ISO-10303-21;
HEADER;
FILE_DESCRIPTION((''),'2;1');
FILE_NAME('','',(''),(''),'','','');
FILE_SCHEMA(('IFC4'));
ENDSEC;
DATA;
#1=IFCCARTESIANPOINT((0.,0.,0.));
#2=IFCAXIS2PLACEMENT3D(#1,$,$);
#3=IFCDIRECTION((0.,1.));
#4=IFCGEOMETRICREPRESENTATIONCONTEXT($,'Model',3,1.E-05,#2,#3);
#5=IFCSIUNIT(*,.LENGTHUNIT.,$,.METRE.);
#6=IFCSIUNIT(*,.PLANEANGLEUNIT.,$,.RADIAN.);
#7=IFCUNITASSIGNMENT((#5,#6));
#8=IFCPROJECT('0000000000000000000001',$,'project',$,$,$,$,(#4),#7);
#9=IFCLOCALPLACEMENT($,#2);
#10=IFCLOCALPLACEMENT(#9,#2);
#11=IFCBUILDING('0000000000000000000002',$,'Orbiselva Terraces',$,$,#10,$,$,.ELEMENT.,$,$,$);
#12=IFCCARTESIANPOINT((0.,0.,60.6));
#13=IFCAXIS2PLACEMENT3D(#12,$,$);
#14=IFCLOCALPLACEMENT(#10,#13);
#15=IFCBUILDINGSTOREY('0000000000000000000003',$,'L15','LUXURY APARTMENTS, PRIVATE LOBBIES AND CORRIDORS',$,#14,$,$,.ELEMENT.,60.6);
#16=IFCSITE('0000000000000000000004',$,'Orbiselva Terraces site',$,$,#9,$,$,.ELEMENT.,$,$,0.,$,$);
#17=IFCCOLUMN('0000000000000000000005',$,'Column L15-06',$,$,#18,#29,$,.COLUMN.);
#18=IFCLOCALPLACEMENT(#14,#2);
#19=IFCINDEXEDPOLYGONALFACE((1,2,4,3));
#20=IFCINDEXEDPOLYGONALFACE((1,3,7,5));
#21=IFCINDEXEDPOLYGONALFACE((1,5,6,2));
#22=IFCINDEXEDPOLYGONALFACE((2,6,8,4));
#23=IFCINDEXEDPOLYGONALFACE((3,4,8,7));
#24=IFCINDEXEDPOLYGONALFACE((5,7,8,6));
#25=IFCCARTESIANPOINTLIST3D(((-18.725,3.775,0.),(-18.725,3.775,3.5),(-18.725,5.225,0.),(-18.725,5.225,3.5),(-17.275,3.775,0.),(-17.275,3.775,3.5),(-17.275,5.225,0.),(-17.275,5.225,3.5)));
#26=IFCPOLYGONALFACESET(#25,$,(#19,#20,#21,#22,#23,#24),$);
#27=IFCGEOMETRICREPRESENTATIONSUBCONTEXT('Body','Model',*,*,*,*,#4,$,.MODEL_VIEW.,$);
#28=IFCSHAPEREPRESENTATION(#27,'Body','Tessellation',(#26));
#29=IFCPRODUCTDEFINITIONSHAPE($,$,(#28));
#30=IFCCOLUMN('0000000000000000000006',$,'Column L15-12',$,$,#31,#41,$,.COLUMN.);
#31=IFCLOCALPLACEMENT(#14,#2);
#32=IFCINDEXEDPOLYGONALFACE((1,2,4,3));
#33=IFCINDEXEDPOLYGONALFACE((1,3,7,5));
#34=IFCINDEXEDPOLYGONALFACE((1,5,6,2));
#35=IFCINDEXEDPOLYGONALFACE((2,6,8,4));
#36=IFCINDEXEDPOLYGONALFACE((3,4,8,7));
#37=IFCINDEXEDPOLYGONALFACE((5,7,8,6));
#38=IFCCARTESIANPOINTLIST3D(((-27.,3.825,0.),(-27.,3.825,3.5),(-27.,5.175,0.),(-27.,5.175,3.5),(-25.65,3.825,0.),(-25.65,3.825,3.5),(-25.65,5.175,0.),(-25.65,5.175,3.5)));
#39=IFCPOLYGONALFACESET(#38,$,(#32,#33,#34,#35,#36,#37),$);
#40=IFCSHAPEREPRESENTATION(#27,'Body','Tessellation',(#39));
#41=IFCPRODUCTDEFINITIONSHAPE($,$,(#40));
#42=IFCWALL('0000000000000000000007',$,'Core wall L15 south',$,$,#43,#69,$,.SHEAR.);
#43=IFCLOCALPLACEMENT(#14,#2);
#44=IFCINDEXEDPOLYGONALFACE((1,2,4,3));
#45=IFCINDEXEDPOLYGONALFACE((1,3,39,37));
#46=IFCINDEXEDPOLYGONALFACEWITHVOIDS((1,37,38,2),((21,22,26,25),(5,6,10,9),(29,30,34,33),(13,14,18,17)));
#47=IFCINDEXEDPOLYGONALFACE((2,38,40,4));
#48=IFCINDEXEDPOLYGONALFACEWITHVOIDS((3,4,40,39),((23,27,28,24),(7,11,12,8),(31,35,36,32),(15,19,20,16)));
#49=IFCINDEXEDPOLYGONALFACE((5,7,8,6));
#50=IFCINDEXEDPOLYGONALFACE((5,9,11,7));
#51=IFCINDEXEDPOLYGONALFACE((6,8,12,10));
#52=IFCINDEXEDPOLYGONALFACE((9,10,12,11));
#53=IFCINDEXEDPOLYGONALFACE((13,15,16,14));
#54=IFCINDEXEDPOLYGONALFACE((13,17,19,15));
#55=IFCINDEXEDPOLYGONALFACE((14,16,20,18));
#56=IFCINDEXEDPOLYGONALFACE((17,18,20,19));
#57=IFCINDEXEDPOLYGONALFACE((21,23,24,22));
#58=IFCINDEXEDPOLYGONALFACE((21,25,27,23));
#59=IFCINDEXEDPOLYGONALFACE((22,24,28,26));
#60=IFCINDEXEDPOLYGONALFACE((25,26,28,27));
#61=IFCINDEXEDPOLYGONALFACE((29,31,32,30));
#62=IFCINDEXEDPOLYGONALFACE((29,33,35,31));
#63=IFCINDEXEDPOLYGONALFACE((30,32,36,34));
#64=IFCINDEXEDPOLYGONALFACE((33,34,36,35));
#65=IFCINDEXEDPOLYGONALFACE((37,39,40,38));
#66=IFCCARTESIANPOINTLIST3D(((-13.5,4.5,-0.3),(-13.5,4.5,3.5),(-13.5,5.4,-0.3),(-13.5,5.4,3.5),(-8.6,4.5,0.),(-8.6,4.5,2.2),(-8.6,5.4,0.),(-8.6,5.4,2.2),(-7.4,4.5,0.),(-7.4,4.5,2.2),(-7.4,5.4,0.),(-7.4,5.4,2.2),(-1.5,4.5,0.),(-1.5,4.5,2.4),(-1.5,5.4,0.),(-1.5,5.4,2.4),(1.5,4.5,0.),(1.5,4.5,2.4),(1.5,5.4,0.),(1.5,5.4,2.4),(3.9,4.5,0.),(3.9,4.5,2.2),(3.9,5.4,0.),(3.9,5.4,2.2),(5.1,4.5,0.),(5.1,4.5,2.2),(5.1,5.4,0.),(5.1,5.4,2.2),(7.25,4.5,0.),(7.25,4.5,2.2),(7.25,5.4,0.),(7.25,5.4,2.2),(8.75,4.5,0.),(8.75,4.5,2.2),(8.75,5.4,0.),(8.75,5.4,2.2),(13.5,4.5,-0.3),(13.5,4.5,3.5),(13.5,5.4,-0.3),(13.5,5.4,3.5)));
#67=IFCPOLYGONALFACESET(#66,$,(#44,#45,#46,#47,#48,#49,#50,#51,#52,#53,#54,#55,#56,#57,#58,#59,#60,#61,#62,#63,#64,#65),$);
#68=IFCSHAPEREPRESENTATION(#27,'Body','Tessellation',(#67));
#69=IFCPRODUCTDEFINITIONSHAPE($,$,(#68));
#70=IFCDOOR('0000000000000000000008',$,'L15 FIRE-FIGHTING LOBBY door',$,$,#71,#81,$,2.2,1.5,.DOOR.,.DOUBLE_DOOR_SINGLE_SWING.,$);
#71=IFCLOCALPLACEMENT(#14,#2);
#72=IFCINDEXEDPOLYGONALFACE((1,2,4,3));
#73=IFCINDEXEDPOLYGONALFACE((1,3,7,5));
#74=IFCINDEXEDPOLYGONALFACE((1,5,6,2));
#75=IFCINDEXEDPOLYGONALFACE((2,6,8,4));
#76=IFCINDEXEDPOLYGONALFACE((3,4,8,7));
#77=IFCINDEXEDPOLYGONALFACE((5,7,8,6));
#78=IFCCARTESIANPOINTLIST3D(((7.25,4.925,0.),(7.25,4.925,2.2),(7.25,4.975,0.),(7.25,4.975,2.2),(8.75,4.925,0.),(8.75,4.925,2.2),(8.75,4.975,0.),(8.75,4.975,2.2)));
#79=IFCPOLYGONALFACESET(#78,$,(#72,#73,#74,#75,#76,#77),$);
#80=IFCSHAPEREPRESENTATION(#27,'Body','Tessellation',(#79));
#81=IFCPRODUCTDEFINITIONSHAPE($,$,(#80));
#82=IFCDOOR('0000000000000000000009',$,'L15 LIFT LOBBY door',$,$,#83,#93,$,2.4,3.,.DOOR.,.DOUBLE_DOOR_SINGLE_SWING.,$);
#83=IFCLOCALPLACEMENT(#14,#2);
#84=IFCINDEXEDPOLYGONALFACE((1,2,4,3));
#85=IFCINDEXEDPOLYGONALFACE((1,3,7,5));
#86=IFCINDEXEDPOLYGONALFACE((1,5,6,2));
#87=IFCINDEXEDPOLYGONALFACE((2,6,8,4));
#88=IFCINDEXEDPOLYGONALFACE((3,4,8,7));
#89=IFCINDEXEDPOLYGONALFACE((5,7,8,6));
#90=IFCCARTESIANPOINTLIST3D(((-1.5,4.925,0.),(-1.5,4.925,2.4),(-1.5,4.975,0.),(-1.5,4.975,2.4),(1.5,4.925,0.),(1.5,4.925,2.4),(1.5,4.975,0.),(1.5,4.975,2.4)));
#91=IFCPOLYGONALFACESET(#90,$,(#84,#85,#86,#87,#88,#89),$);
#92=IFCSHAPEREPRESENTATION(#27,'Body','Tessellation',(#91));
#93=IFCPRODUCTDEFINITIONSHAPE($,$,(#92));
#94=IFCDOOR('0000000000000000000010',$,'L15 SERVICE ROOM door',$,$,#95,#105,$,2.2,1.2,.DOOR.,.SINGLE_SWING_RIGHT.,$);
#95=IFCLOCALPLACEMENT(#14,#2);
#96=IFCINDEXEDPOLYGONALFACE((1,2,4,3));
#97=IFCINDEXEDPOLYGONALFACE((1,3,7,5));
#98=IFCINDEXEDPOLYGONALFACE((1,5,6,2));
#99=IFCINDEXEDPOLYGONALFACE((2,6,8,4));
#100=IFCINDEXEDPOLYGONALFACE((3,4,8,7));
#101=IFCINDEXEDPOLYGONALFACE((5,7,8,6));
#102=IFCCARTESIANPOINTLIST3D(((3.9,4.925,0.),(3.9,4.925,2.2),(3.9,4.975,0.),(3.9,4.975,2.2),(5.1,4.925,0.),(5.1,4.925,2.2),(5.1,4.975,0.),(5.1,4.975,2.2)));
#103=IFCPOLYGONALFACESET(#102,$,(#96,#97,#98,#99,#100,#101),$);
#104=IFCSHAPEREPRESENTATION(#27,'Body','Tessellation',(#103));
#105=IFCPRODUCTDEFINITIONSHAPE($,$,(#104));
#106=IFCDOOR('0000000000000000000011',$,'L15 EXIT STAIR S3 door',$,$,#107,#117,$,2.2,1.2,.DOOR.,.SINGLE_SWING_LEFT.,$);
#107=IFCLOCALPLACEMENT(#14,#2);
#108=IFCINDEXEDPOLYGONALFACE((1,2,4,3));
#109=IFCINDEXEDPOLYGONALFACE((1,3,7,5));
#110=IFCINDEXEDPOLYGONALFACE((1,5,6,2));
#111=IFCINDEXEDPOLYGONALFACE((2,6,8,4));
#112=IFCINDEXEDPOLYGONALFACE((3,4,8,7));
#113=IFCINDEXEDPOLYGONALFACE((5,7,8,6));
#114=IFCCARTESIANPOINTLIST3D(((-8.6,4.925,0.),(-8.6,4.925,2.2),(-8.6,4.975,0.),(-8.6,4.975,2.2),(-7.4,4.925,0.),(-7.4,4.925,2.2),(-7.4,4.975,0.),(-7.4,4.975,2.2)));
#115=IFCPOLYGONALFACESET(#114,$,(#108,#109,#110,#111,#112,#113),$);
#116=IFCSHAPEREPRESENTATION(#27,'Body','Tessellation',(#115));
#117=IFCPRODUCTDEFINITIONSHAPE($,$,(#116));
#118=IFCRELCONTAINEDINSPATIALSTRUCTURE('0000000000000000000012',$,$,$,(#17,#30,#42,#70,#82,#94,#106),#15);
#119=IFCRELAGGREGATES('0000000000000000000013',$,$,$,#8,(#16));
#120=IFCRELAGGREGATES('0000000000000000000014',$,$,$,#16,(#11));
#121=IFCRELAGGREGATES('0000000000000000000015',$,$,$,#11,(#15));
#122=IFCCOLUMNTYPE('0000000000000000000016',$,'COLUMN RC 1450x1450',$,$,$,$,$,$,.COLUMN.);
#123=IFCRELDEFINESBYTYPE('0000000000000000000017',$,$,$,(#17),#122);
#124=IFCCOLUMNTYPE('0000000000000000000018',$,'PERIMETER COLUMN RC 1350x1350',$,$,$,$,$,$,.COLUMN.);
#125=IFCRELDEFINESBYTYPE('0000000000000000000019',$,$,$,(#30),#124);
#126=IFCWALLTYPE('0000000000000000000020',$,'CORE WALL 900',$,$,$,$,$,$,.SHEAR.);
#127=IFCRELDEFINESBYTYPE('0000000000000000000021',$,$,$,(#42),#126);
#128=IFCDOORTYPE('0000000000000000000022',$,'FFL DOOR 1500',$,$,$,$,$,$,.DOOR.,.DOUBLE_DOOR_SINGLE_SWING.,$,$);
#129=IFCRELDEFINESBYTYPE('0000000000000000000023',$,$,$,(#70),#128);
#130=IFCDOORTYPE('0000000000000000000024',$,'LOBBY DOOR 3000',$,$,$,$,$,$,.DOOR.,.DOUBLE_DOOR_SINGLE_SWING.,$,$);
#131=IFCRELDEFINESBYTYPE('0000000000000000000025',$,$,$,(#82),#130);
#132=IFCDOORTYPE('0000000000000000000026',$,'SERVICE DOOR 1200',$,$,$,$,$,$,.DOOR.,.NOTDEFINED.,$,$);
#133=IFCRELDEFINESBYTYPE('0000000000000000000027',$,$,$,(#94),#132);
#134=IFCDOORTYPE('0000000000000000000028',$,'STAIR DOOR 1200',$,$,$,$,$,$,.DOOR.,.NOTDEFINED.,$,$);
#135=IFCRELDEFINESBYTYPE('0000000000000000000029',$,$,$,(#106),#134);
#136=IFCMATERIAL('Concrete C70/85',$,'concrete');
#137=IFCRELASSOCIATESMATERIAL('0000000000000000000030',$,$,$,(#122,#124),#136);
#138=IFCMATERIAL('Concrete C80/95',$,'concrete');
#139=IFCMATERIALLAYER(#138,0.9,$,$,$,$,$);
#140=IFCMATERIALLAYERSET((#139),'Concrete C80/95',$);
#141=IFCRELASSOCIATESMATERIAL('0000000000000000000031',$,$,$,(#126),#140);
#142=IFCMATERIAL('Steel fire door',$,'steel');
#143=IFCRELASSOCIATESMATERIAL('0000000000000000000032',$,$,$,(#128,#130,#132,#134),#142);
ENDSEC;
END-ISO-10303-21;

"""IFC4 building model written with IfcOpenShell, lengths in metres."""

from ifc_helpers import new_model, si_unit, direction, frame, frame_2d, origin, origin_2d, place, context, subcontext, project, spatial, rectangle, extrude, material, layer, layer_set, material_profile, profile_set, type_object, element, fill, save


model = new_model("IFC4")

# Units and contexts
model_context = context("Model", 3, precision=1e-05, world=origin(), true_north=direction((0.0, 1.0)))
body_context = subcontext(model_context, "Body", "Model", "MODEL_VIEW")
ifc_project = project(units=[si_unit("LENGTHUNIT", "METRE"), si_unit("PLANEANGLEUNIT", "RADIAN")], contexts=[model_context])

# Site, building, storey
site_placement = place(None, origin())
site = spatial("IfcSite", under=ifc_project, at=site_placement, Name="Orbiselva Terraces site", CompositionType="ELEMENT", RefElevation=0.0)
building_placement = place(site_placement, origin())
building = spatial("IfcBuilding", under=site, at=building_placement, Name="Orbiselva Terraces", CompositionType="ELEMENT")
storey_placement = place(building_placement, frame((0.0, 0.0, 60.6)))
storey = spatial("IfcBuildingStorey", under=building, at=storey_placement, Name="L15", Description="LUXURY APARTMENTS, PRIVATE LOBBIES AND CORRIDORS", CompositionType="ELEMENT", Elevation=60.6)

# Columns
ifc_material_1 = material(Name="Concrete C70/85", Category="concrete")
ifc_material_profile_1 = material_profile(ifc_material_1, rectangle(XDim=1.45, YDim=1.45, at=origin_2d()), Name="RC 1450x1450")
ifc_profile_set_1 = profile_set([ifc_material_profile_1], Name="Concrete C70/85")
column_type_1 = type_object("IfcColumnType", Name="COLUMN RC 1450x1450", PredefinedType="COLUMN", material=ifc_profile_set_1)
column_1_placement = place(storey_placement, frame((-18.0, 4.5, 0.0), z_axis=(0.0, 0.0, 1.0), x_axis=(1.0, 0.0, 0.0)))
element("IfcColumn", 1, at=column_1_placement, inside=storey, type_object=column_type_1, Name="Column L15-06", PredefinedType="COLUMN", context=body_context, shape_type="SweptSolid", body=[
    extrude(rectangle(XDim=1.45, YDim=1.45, at=origin_2d()), origin(), (0.0, 0.0, 1.0), 3.5),
])
ifc_material_profile_2 = material_profile(ifc_material_1, rectangle(XDim=1.35, YDim=1.35, at=origin_2d()), Name="RC 1350x1350")
ifc_profile_set_2 = profile_set([ifc_material_profile_2], Name="Concrete C70/85")
column_type_2 = type_object("IfcColumnType", Name="PERIMETER COLUMN RC 1350x1350", PredefinedType="COLUMN", material=ifc_profile_set_2)
column_2_placement = place(storey_placement, frame((-26.325, 4.5, 0.0), z_axis=(0.0, 0.0, 1.0), x_axis=(1.0, 0.0, 0.0)))
element("IfcColumn", 2, at=column_2_placement, inside=storey, type_object=column_type_2, Name="Column L15-12", PredefinedType="COLUMN", context=body_context, shape_type="SweptSolid", body=[
    extrude(rectangle(XDim=1.35, YDim=1.35, at=origin_2d()), origin(), (0.0, 0.0, 1.0), 3.5),
])

# Wall, openings, doors
ifc_material_2 = material(Name="Concrete C80/95", Category="concrete")
ifc_layer_1 = layer(ifc_material_2, 0.9)
ifc_layer_set_1 = layer_set([ifc_layer_1], Name="Concrete C80/95")
wall_type_1 = type_object("IfcWallType", Name="CORE WALL 900", PredefinedType="SHEAR", material=ifc_layer_set_1)
wall_1_placement = place(storey_placement, frame((-13.5, 4.95, -0.3), z_axis=(0.0, 0.0, 1.0), x_axis=(1.0, 0.0, 0.0)))
wall_1 = element("IfcWall", 3, at=wall_1_placement, inside=storey, type_object=wall_type_1, Name="Core wall L15 south", PredefinedType="SHEAR", context=body_context, shape_type="SweptSolid", body=[
    extrude(rectangle(XDim=27.0, YDim=0.9, at=frame_2d((13.5, 0.0))), origin(), (0.0, 0.0, 1.0), 3.8),
])
opening_1_placement = place(wall_1_placement, frame((12.0, 0.0, 0.3)))
opening_1 = element("IfcOpeningElement", 4, at=opening_1_placement, cuts=wall_1, PredefinedType="OPENING", context=body_context, shape_type="SweptSolid", body=[
    extrude(rectangle(XDim=3.0, YDim=2.4, at=frame_2d((1.5, 1.2))), frame((0.0, 0.46, 0.0), z_axis=(0.0, -1.0, 0.0), x_axis=(1.0, 0.0, 0.0)), (0.0, 0.0, 1.0), 0.92),
])
opening_2_placement = place(wall_1_placement, frame((4.9, 0.0, 0.3)))
opening_2 = element("IfcOpeningElement", 5, at=opening_2_placement, cuts=wall_1, PredefinedType="OPENING", context=body_context, shape_type="SweptSolid", body=[
    extrude(rectangle(XDim=1.2, YDim=2.2, at=frame_2d((0.6, 1.1))), frame((0.0, 0.46, 0.0), z_axis=(0.0, -1.0, 0.0), x_axis=(1.0, 0.0, 0.0)), (0.0, 0.0, 1.0), 0.92),
])
opening_3_placement = place(wall_1_placement, frame((20.75, 0.0, 0.3)))
opening_3 = element("IfcOpeningElement", 6, at=opening_3_placement, cuts=wall_1, PredefinedType="OPENING", context=body_context, shape_type="SweptSolid", body=[
    extrude(rectangle(XDim=1.5, YDim=2.2, at=frame_2d((0.75, 1.1))), frame((0.0, 0.46, 0.0), z_axis=(0.0, -1.0, 0.0), x_axis=(1.0, 0.0, 0.0)), (0.0, 0.0, 1.0), 0.92),
])
opening_4_placement = place(wall_1_placement, frame((17.4, 0.0, 0.3)))
opening_4 = element("IfcOpeningElement", 7, at=opening_4_placement, cuts=wall_1, PredefinedType="OPENING", context=body_context, shape_type="SweptSolid", body=[
    extrude(rectangle(XDim=1.2, YDim=2.2, at=frame_2d((0.6, 1.1))), frame((0.0, 0.46, 0.0), z_axis=(0.0, -1.0, 0.0), x_axis=(1.0, 0.0, 0.0)), (0.0, 0.0, 1.0), 0.92),
])
ifc_material_3 = material(Name="Steel fire door", Category="steel")
door_type_1 = type_object("IfcDoorType", Name="FFL DOOR 1500", OperationType="DOUBLE_DOOR_SINGLE_SWING", PredefinedType="DOOR", material=ifc_material_3)
door_1_placement = place(opening_3_placement, frame((1.5, 0.0, 0.0), z_axis=(0.0, 0.0, 1.0), x_axis=(-1.0, 0.0, 0.0)))
door_1 = element("IfcDoor", 8, at=door_1_placement, inside=storey, type_object=door_type_1, Name="L15 FIRE-FIGHTING LOBBY door", OperationType="DOUBLE_DOOR_SINGLE_SWING", OverallHeight=2.2, OverallWidth=1.5, PredefinedType="DOOR", context=body_context, shape_type="SweptSolid", body=[
    extrude(rectangle(XDim=1.5, YDim=2.2, at=frame_2d((0.75, 1.1))), frame((0.0, 0.025, 0.0), z_axis=(0.0, -1.0, 0.0), x_axis=(1.0, 0.0, 0.0)), (0.0, 0.0, 1.0), 0.05),
])
fill(opening_3, door_1)
door_type_2 = type_object("IfcDoorType", Name="LOBBY DOOR 3000", OperationType="DOUBLE_DOOR_SINGLE_SWING", PredefinedType="DOOR", material=ifc_material_3)
door_2_placement = place(opening_1_placement, frame((3.0, 0.0, 0.0), z_axis=(0.0, 0.0, 1.0), x_axis=(-1.0, 0.0, 0.0)))
door_2 = element("IfcDoor", 9, at=door_2_placement, inside=storey, type_object=door_type_2, Name="L15 LIFT LOBBY door", OperationType="DOUBLE_DOOR_SINGLE_SWING", OverallHeight=2.4, OverallWidth=3.0, PredefinedType="DOOR", context=body_context, shape_type="SweptSolid", body=[
    extrude(rectangle(XDim=3.0, YDim=2.4, at=frame_2d((1.5, 1.2))), frame((0.0, 0.025, 0.0), z_axis=(0.0, -1.0, 0.0), x_axis=(1.0, 0.0, 0.0)), (0.0, 0.0, 1.0), 0.05),
])
fill(opening_1, door_2)
door_type_3 = type_object("IfcDoorType", Name="SERVICE DOOR 1200", OperationType="NOTDEFINED", PredefinedType="DOOR", material=ifc_material_3)
door_3_placement = place(opening_4_placement, frame((1.2, 0.0, 0.0), z_axis=(0.0, 0.0, 1.0), x_axis=(-1.0, 0.0, 0.0)))
door_3 = element("IfcDoor", 10, at=door_3_placement, inside=storey, type_object=door_type_3, Name="L15 SERVICE ROOM door", OperationType="SINGLE_SWING_RIGHT", OverallHeight=2.2, OverallWidth=1.2, PredefinedType="DOOR", context=body_context, shape_type="SweptSolid", body=[
    extrude(rectangle(XDim=1.2, YDim=2.2, at=frame_2d((0.6, 1.1))), frame((0.0, 0.025, 0.0), z_axis=(0.0, -1.0, 0.0), x_axis=(1.0, 0.0, 0.0)), (0.0, 0.0, 1.0), 0.05),
])
fill(opening_4, door_3)
door_type_4 = type_object("IfcDoorType", Name="STAIR DOOR 1200", OperationType="NOTDEFINED", PredefinedType="DOOR", material=ifc_material_3)
door_4_placement = place(opening_2_placement, frame((1.2, 0.0, 0.0), z_axis=(0.0, 0.0, 1.0), x_axis=(-1.0, 0.0, 0.0)))
door_4 = element("IfcDoor", 11, at=door_4_placement, inside=storey, type_object=door_type_4, Name="L15 EXIT STAIR S3 door", OperationType="SINGLE_SWING_LEFT", OverallHeight=2.2, OverallWidth=1.2, PredefinedType="DOOR", context=body_context, shape_type="SweptSolid", body=[
    extrude(rectangle(XDim=1.2, YDim=2.2, at=frame_2d((0.6, 1.1))), frame((0.0, 0.025, 0.0), z_axis=(0.0, -1.0, 0.0), x_axis=(1.0, 0.0, 0.0)), (0.0, 0.0, 1.0), 0.05),
])
fill(opening_2, door_4)

save(model, "model.ifc")
